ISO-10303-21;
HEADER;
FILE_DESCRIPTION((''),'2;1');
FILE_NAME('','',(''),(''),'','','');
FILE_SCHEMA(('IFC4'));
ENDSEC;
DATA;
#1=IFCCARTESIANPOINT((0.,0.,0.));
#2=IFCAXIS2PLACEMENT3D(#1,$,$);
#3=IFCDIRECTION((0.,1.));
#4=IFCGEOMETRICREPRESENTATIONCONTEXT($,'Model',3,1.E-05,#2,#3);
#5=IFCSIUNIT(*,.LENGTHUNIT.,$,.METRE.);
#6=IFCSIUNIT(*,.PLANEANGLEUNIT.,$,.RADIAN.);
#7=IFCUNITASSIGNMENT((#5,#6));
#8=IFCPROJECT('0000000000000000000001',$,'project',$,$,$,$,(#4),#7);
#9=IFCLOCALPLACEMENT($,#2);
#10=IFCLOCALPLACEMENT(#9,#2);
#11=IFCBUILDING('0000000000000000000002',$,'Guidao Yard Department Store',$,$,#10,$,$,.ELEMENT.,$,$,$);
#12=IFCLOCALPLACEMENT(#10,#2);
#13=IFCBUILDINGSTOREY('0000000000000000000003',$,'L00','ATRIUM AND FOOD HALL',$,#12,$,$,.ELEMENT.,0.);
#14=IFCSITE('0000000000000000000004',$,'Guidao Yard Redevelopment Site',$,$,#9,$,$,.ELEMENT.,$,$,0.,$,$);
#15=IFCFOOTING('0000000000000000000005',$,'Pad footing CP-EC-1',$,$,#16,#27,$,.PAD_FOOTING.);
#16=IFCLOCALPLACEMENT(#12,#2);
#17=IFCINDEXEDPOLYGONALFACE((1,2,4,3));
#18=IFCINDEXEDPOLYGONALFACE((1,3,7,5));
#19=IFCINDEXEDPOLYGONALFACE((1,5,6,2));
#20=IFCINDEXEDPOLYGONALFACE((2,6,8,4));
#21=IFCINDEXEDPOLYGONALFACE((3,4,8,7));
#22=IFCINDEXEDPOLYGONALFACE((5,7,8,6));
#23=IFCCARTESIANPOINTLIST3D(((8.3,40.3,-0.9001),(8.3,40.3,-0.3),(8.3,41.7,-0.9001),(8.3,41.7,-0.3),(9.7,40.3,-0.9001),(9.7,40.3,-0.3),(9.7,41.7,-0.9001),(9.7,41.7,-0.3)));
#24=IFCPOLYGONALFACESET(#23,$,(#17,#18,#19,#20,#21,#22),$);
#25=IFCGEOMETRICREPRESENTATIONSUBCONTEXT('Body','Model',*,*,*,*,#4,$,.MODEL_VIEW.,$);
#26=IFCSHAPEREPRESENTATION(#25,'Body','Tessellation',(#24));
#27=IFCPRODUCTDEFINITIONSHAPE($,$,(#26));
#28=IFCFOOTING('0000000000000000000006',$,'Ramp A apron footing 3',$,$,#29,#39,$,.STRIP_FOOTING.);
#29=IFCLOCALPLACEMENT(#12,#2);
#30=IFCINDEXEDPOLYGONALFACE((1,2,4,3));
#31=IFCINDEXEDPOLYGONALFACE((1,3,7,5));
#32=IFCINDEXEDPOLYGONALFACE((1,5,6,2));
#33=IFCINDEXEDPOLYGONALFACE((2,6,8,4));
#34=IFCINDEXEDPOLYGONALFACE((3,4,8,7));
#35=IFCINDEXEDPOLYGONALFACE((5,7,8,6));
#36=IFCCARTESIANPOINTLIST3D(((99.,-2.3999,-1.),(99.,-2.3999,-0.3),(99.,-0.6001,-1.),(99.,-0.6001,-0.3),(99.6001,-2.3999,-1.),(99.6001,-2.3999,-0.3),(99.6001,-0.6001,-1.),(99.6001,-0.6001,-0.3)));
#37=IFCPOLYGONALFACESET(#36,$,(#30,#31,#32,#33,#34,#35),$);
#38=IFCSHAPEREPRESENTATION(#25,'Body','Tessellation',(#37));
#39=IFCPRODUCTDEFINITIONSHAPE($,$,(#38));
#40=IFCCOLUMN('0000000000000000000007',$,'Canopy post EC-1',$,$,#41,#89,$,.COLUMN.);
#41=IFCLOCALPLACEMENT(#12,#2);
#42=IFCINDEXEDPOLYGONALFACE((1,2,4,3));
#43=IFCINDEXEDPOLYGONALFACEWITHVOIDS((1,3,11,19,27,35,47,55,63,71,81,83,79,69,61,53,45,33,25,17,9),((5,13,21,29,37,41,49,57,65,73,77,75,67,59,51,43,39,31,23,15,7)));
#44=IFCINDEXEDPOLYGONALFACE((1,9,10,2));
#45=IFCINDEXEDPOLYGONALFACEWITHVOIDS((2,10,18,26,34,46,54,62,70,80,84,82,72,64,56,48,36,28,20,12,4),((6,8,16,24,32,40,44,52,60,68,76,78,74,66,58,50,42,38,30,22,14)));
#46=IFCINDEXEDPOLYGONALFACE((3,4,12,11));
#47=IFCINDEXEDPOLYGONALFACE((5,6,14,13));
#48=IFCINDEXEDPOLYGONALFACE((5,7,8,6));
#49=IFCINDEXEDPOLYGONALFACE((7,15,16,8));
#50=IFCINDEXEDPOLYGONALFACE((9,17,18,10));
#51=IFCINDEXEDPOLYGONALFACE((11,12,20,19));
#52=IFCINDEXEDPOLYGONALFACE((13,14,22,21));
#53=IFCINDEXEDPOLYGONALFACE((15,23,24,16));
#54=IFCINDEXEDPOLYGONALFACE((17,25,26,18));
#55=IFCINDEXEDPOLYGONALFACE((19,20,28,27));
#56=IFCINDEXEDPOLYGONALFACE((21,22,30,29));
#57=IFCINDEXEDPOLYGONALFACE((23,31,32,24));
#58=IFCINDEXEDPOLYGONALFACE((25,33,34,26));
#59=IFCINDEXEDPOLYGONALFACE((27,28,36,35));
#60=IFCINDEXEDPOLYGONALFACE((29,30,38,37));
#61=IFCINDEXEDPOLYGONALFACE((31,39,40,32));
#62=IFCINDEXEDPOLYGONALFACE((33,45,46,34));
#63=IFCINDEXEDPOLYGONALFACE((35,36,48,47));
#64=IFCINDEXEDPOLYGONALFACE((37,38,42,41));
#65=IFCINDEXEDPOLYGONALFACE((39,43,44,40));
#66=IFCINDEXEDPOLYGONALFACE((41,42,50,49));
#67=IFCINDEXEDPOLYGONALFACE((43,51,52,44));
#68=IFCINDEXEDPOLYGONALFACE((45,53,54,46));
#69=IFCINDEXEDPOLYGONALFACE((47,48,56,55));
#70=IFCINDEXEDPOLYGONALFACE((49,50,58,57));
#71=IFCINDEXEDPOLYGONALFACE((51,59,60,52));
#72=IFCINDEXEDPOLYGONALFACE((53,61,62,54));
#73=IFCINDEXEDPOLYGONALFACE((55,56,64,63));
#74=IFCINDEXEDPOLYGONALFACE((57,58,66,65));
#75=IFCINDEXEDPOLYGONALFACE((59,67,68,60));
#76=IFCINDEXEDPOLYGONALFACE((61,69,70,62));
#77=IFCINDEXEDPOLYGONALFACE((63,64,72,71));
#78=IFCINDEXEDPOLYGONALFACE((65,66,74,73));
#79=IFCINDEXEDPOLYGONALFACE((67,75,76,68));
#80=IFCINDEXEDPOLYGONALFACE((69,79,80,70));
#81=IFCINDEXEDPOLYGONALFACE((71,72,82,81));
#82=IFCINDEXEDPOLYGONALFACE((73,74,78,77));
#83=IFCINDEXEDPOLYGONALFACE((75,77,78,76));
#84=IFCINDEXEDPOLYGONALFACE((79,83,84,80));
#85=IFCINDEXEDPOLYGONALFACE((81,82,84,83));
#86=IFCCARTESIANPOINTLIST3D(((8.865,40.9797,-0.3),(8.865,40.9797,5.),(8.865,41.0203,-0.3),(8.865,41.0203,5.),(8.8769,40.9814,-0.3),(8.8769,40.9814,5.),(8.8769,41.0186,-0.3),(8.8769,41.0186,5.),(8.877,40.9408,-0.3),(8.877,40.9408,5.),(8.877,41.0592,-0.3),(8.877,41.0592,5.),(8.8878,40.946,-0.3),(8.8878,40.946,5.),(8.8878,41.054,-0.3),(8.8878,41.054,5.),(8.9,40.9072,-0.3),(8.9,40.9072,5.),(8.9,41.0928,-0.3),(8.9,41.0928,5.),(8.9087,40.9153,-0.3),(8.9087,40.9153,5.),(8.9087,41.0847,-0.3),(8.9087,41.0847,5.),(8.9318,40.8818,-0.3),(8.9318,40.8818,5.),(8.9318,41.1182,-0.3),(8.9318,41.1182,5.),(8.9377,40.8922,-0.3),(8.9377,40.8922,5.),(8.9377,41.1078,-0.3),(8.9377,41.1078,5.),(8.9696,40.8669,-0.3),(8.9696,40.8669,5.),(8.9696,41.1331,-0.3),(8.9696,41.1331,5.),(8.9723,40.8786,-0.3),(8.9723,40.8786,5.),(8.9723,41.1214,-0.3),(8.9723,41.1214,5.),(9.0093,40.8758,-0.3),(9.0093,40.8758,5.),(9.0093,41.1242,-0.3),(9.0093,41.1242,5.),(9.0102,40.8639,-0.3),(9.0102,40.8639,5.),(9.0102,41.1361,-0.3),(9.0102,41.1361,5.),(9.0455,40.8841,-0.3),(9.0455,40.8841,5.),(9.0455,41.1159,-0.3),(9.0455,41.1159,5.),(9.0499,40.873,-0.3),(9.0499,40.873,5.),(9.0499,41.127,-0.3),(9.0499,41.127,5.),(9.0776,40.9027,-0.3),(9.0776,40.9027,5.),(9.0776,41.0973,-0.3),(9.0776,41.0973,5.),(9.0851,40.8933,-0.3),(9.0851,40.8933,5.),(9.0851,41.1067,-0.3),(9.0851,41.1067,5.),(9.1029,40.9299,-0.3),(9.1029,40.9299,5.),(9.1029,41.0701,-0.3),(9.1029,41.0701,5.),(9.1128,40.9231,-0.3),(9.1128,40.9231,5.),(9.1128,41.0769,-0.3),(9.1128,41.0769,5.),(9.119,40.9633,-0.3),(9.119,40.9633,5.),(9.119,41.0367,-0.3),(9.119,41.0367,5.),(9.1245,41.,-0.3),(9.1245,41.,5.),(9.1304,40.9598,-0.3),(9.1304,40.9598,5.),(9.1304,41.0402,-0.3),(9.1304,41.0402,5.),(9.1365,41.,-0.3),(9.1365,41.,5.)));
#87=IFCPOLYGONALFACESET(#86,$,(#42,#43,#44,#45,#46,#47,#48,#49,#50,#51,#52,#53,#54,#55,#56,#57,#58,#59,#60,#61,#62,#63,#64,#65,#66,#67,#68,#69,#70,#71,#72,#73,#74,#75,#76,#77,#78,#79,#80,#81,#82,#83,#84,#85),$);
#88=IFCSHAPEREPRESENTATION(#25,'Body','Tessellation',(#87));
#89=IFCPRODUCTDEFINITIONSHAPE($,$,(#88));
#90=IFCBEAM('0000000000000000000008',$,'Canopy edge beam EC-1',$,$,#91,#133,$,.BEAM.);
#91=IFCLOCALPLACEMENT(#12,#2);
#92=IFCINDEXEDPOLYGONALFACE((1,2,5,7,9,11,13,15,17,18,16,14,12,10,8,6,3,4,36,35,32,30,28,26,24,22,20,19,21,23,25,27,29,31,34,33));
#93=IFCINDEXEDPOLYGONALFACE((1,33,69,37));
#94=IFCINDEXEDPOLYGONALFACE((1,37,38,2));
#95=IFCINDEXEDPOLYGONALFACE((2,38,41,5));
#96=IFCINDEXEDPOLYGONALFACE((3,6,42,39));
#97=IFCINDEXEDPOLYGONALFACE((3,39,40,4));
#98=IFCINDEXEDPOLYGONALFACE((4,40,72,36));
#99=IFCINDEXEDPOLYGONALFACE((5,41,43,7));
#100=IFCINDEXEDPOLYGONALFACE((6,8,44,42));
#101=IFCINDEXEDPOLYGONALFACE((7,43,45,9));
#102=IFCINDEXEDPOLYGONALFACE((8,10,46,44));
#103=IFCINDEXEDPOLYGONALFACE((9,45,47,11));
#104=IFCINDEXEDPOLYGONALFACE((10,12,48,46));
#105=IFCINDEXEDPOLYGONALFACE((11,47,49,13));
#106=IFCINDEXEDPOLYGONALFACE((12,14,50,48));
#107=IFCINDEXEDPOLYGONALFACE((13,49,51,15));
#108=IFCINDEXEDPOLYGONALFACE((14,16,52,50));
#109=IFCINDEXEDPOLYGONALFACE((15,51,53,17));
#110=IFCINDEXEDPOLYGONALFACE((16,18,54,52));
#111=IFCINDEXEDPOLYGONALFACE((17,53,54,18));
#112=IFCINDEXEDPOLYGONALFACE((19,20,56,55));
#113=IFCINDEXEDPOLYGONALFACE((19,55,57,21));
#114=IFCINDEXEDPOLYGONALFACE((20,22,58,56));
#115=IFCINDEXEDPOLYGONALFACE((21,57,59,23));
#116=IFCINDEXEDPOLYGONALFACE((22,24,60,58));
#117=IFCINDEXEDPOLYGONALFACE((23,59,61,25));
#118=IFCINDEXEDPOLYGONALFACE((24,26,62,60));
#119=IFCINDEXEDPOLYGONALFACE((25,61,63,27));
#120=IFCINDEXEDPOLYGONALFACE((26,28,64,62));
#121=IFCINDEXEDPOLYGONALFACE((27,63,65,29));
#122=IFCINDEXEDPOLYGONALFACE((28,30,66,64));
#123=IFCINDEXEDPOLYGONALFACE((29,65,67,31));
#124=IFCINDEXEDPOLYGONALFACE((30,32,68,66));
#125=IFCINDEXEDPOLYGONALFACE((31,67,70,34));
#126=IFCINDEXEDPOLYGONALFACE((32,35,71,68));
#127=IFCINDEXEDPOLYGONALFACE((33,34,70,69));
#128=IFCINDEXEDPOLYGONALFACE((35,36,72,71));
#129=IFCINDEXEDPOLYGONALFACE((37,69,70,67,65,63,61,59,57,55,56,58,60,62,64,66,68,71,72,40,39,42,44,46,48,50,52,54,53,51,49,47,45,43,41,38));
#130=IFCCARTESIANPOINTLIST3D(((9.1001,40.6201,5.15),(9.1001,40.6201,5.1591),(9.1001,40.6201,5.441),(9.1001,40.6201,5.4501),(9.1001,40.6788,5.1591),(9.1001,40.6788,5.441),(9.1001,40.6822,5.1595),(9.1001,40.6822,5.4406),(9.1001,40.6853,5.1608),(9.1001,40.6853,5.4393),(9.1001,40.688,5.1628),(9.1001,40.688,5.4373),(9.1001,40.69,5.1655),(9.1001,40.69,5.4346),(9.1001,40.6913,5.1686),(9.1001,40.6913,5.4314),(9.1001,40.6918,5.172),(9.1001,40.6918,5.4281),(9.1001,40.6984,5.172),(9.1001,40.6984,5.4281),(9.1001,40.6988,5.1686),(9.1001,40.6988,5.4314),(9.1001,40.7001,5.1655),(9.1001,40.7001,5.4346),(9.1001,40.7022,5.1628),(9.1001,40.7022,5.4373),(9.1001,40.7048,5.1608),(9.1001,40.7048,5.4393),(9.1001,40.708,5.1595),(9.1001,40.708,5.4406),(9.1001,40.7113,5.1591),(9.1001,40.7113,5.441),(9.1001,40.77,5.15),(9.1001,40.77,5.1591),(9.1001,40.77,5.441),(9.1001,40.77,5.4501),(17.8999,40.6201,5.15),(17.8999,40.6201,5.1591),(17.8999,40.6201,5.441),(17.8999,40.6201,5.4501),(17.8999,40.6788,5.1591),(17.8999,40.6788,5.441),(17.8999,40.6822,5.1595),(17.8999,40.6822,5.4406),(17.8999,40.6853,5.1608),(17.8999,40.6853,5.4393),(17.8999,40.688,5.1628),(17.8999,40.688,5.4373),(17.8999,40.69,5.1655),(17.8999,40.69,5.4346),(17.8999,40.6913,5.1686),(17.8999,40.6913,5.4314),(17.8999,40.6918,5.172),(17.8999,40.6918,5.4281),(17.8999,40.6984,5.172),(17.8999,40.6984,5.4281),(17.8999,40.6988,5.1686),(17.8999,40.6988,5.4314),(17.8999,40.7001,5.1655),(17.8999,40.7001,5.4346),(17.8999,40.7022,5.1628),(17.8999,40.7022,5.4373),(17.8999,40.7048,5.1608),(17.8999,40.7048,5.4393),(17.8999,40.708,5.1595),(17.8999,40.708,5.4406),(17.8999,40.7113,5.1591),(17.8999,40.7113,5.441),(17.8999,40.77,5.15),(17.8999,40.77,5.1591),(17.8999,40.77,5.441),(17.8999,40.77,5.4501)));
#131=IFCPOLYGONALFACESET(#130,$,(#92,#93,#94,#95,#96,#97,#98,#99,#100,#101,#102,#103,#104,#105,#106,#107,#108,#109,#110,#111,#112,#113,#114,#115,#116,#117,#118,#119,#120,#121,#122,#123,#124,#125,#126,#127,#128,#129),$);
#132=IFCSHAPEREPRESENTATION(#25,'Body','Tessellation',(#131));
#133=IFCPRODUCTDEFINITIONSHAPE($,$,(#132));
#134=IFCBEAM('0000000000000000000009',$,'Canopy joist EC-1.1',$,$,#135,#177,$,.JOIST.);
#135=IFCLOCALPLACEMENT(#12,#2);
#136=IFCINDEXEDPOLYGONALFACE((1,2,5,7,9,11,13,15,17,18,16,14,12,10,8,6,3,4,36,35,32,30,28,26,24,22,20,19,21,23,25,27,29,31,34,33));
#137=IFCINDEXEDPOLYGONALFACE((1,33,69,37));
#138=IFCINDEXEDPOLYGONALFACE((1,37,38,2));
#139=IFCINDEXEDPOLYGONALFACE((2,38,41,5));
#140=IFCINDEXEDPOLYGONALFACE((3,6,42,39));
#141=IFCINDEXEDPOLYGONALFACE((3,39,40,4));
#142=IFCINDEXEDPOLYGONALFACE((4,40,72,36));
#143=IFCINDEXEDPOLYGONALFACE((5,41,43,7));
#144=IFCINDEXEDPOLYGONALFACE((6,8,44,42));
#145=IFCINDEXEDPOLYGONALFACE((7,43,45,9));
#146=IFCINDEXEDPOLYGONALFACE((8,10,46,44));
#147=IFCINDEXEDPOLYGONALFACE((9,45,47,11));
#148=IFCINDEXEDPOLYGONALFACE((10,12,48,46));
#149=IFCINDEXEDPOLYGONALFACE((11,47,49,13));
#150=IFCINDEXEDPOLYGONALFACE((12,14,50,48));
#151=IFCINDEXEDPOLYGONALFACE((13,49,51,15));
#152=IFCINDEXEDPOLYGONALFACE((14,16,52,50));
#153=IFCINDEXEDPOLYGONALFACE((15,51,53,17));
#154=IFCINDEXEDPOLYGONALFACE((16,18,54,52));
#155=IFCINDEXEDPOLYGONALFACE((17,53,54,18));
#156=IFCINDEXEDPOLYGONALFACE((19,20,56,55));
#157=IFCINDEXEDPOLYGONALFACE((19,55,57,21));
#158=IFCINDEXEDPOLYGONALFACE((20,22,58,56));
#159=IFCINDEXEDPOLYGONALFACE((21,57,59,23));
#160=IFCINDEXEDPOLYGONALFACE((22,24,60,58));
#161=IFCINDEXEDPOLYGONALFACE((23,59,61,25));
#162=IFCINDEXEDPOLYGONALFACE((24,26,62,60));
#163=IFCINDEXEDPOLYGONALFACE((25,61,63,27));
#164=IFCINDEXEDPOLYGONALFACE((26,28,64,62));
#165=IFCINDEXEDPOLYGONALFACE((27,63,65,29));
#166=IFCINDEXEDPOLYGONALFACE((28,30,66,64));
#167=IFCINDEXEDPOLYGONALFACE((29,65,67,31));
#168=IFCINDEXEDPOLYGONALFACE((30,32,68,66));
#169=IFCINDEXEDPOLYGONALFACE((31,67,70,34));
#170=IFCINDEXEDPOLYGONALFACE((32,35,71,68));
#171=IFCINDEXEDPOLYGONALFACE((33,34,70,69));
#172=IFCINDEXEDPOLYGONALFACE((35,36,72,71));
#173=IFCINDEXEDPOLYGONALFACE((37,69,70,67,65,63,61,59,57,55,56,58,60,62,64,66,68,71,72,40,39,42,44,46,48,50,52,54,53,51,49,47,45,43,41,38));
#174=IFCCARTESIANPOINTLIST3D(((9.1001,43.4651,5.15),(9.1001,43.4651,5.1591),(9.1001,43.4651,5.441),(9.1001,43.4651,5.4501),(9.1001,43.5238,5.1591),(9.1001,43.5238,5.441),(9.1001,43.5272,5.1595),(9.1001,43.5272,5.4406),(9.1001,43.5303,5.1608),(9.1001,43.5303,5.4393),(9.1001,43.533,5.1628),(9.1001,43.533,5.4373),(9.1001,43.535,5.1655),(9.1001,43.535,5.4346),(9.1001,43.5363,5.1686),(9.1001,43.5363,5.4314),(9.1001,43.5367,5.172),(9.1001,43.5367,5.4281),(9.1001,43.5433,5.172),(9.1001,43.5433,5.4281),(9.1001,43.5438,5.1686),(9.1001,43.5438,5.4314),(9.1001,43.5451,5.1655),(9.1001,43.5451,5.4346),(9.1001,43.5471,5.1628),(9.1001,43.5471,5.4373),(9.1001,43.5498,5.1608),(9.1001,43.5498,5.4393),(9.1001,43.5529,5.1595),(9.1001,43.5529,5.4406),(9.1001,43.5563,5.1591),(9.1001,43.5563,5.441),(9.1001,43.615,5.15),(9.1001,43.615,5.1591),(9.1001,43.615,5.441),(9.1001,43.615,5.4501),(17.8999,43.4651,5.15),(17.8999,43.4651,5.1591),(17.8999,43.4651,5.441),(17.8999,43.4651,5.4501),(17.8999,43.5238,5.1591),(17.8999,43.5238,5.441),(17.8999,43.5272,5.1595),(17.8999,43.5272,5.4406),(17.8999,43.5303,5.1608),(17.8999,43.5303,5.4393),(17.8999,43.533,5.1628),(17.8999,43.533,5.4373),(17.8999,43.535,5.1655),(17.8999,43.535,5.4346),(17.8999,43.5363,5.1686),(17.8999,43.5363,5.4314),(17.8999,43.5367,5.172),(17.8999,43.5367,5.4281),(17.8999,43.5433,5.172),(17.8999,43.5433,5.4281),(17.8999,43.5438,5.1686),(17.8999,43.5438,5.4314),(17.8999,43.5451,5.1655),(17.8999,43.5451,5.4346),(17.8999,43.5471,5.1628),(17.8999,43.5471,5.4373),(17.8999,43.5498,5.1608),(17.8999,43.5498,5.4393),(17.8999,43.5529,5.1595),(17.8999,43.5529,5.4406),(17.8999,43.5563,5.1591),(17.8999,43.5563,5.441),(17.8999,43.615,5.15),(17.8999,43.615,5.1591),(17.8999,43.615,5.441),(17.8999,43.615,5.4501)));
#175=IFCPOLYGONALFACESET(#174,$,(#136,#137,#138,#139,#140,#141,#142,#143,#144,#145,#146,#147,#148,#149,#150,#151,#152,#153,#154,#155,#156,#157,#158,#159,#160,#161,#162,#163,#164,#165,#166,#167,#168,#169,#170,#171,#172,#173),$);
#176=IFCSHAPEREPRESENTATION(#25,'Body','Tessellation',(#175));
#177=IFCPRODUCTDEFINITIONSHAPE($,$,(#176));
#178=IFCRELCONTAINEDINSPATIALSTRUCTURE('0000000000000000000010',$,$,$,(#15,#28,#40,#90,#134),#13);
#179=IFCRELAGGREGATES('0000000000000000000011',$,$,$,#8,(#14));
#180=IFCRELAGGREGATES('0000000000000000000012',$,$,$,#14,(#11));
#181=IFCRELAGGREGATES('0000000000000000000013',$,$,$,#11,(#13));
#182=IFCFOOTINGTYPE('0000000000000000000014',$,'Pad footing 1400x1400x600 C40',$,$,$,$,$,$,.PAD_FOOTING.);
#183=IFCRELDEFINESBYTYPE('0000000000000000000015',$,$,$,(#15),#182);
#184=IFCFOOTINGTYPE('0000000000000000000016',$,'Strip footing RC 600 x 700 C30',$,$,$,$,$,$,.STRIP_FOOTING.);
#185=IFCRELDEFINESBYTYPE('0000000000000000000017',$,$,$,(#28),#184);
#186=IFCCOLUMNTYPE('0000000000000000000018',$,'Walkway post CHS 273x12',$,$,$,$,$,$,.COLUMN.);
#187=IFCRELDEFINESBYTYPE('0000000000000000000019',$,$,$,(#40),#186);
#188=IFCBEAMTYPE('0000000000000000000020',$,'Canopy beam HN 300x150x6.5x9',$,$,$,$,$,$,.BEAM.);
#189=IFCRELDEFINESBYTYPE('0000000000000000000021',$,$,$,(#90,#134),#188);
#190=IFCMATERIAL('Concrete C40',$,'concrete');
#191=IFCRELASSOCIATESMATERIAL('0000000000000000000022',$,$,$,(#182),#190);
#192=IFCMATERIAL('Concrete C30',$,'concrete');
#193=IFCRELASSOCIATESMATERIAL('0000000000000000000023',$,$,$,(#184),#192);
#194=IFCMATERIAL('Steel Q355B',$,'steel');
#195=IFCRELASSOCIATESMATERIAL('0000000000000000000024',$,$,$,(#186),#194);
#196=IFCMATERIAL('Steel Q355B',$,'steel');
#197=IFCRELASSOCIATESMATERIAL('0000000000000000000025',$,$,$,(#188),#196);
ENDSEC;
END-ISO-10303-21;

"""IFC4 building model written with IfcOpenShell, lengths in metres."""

from ifc_helpers import new_model, si_unit, direction, frame, origin, origin_2d, place, context, subcontext, project, spatial, polyline, rectangle, hollow_circle, i_section, outline, extrude, material, material_profile, profile_set, type_object, element, save


model = new_model("IFC4")

# Units and contexts
model_context = context("Model", 3, precision=1e-05, world=origin(), true_north=direction((0.0, 1.0)))
body_context = subcontext(model_context, "Body", "Model", "MODEL_VIEW")
ifc_project = project(units=[si_unit("LENGTHUNIT", "METRE"), si_unit("PLANEANGLEUNIT", "RADIAN")], contexts=[model_context])

# Site, building, storey
site_placement = place(None, origin())
site = spatial("IfcSite", under=ifc_project, at=site_placement, Name="Guidao Yard Redevelopment Site", CompositionType="ELEMENT", RefElevation=0.0)
building_placement = place(site_placement, origin())
building = spatial("IfcBuilding", under=site, at=building_placement, Name="Guidao Yard Department Store", CompositionType="ELEMENT")
storey_placement = place(building_placement, origin())
storey = spatial("IfcBuildingStorey", under=building, at=storey_placement, Name="L00", Description="ATRIUM AND FOOD HALL", CompositionType="ELEMENT", Elevation=0.0)

# Footings
ifc_material_1 = material(Name="Concrete C40", Category="concrete")
footing_type_1 = type_object("IfcFootingType", Name="Pad footing 1400x1400x600 C40", PredefinedType="PAD_FOOTING", material=ifc_material_1)
footing_1_placement = place(storey_placement, frame((9.0, 41.0, -0.9001), z_axis=(0.0, 0.0, 1.0), x_axis=(1.0, 0.0, 0.0)))
element("IfcFooting", 1, at=footing_1_placement, inside=storey, type_object=footing_type_1, Name="Pad footing CP-EC-1", PredefinedType="PAD_FOOTING", context=body_context, shape_type="SweptSolid", body=[
    extrude(rectangle(XDim=1.3999, YDim=1.3999, at=origin_2d()), origin(), (0.0, 0.0, 1.0), 0.6001),
])
ifc_material_2 = material(Name="Concrete C30", Category="concrete")
footing_type_2 = type_object("IfcFootingType", Name="Strip footing RC 600 x 700 C30", PredefinedType="STRIP_FOOTING", material=ifc_material_2)
footing_2_placement = place(storey_placement, frame((0.0, 0.0, -1.0)))
element("IfcFooting", 2, at=footing_2_placement, inside=storey, type_object=footing_type_2, Name="Ramp A apron footing 3", PredefinedType="STRIP_FOOTING", context=body_context, shape_type="SweptSolid", body=[
    extrude(outline(polyline([(99.0, -2.3999), (99.6001, -2.3999), (99.6001, -0.6001), (99.0, -0.6001), (99.0, -2.3999)])), origin(), (0.0, 0.0, 1.0), 0.7),
])

# Column
ifc_material_3 = material(Name="Steel Q355B", Category="steel")
ifc_material_profile_1 = material_profile(ifc_material_3, hollow_circle(Radius=0.1365, WallThickness=0.012, at=origin_2d()), Name="CHS 273x12")
ifc_profile_set_1 = profile_set([ifc_material_profile_1], Name="Steel Q355B")
column_type = type_object("IfcColumnType", Name="Walkway post CHS 273x12", PredefinedType="COLUMN", material=ifc_profile_set_1)
column_placement = place(storey_placement, frame((9.0, 41.0, -0.3), z_axis=(0.0, 0.0, 1.0), x_axis=(1.0, 0.0, 0.0)))
element("IfcColumn", 3, at=column_placement, inside=storey, type_object=column_type, Name="Canopy post EC-1", PredefinedType="COLUMN", context=body_context, shape_type="SweptSolid", body=[
    extrude(hollow_circle(Radius=0.1365, WallThickness=0.012, at=origin_2d()), origin(), (0.0, 0.0, 1.0), 5.3),
])

# Beams
ifc_material_4 = material(Name="Steel Q355B", Category="steel")
ifc_material_profile_2 = material_profile(ifc_material_4, i_section(OverallWidth=0.1499, OverallDepth=0.3, WebThickness=0.0066, FlangeThickness=0.009, FilletRadius=0.0129, at=origin_2d()), Name="HN 300x150x6.5x9")
ifc_profile_set_2 = profile_set([ifc_material_profile_2], Name="Steel Q355B")
beam_type_1 = type_object("IfcBeamType", Name="Canopy beam HN 300x150x6.5x9", PredefinedType="BEAM", material=ifc_profile_set_2)
beam_1_placement = place(storey_placement, frame((9.1001, 40.6951, 5.3), z_axis=(1.0, 0.0, 0.0), x_axis=(0.0, 1.0, 0.0)))
element("IfcBeam", 4, at=beam_1_placement, inside=storey, type_object=beam_type_1, Name="Canopy edge beam EC-1", PredefinedType="BEAM", context=body_context, shape_type="SweptSolid", body=[
    extrude(i_section(OverallWidth=0.1499, OverallDepth=0.3, WebThickness=0.0066, FlangeThickness=0.009, FilletRadius=0.0129, at=origin_2d()), origin(), (0.0, 0.0, 1.0), 8.7998),
])
for number, where, z_axis, x_axis, name in (
    (5, (9.1001, 43.54, 5.3), (1.0, 0.0, 0.0), (0.0, 1.0, 0.0), "Canopy joist EC-1.1"),
):
    element("IfcBeam", number, at=place(storey_placement, frame(where, z_axis=z_axis, x_axis=x_axis)), inside=storey, type_object=beam_type_1, Name=name, PredefinedType="JOIST", context=body_context, shape_type="SweptSolid", body=[
        extrude(i_section(OverallWidth=0.1499, OverallDepth=0.3, WebThickness=0.0066, FlangeThickness=0.009, FilletRadius=0.0129, at=origin_2d()), origin(), (0.0, 0.0, 1.0), 8.7998),
    ])

save(model, "model.ifc")
